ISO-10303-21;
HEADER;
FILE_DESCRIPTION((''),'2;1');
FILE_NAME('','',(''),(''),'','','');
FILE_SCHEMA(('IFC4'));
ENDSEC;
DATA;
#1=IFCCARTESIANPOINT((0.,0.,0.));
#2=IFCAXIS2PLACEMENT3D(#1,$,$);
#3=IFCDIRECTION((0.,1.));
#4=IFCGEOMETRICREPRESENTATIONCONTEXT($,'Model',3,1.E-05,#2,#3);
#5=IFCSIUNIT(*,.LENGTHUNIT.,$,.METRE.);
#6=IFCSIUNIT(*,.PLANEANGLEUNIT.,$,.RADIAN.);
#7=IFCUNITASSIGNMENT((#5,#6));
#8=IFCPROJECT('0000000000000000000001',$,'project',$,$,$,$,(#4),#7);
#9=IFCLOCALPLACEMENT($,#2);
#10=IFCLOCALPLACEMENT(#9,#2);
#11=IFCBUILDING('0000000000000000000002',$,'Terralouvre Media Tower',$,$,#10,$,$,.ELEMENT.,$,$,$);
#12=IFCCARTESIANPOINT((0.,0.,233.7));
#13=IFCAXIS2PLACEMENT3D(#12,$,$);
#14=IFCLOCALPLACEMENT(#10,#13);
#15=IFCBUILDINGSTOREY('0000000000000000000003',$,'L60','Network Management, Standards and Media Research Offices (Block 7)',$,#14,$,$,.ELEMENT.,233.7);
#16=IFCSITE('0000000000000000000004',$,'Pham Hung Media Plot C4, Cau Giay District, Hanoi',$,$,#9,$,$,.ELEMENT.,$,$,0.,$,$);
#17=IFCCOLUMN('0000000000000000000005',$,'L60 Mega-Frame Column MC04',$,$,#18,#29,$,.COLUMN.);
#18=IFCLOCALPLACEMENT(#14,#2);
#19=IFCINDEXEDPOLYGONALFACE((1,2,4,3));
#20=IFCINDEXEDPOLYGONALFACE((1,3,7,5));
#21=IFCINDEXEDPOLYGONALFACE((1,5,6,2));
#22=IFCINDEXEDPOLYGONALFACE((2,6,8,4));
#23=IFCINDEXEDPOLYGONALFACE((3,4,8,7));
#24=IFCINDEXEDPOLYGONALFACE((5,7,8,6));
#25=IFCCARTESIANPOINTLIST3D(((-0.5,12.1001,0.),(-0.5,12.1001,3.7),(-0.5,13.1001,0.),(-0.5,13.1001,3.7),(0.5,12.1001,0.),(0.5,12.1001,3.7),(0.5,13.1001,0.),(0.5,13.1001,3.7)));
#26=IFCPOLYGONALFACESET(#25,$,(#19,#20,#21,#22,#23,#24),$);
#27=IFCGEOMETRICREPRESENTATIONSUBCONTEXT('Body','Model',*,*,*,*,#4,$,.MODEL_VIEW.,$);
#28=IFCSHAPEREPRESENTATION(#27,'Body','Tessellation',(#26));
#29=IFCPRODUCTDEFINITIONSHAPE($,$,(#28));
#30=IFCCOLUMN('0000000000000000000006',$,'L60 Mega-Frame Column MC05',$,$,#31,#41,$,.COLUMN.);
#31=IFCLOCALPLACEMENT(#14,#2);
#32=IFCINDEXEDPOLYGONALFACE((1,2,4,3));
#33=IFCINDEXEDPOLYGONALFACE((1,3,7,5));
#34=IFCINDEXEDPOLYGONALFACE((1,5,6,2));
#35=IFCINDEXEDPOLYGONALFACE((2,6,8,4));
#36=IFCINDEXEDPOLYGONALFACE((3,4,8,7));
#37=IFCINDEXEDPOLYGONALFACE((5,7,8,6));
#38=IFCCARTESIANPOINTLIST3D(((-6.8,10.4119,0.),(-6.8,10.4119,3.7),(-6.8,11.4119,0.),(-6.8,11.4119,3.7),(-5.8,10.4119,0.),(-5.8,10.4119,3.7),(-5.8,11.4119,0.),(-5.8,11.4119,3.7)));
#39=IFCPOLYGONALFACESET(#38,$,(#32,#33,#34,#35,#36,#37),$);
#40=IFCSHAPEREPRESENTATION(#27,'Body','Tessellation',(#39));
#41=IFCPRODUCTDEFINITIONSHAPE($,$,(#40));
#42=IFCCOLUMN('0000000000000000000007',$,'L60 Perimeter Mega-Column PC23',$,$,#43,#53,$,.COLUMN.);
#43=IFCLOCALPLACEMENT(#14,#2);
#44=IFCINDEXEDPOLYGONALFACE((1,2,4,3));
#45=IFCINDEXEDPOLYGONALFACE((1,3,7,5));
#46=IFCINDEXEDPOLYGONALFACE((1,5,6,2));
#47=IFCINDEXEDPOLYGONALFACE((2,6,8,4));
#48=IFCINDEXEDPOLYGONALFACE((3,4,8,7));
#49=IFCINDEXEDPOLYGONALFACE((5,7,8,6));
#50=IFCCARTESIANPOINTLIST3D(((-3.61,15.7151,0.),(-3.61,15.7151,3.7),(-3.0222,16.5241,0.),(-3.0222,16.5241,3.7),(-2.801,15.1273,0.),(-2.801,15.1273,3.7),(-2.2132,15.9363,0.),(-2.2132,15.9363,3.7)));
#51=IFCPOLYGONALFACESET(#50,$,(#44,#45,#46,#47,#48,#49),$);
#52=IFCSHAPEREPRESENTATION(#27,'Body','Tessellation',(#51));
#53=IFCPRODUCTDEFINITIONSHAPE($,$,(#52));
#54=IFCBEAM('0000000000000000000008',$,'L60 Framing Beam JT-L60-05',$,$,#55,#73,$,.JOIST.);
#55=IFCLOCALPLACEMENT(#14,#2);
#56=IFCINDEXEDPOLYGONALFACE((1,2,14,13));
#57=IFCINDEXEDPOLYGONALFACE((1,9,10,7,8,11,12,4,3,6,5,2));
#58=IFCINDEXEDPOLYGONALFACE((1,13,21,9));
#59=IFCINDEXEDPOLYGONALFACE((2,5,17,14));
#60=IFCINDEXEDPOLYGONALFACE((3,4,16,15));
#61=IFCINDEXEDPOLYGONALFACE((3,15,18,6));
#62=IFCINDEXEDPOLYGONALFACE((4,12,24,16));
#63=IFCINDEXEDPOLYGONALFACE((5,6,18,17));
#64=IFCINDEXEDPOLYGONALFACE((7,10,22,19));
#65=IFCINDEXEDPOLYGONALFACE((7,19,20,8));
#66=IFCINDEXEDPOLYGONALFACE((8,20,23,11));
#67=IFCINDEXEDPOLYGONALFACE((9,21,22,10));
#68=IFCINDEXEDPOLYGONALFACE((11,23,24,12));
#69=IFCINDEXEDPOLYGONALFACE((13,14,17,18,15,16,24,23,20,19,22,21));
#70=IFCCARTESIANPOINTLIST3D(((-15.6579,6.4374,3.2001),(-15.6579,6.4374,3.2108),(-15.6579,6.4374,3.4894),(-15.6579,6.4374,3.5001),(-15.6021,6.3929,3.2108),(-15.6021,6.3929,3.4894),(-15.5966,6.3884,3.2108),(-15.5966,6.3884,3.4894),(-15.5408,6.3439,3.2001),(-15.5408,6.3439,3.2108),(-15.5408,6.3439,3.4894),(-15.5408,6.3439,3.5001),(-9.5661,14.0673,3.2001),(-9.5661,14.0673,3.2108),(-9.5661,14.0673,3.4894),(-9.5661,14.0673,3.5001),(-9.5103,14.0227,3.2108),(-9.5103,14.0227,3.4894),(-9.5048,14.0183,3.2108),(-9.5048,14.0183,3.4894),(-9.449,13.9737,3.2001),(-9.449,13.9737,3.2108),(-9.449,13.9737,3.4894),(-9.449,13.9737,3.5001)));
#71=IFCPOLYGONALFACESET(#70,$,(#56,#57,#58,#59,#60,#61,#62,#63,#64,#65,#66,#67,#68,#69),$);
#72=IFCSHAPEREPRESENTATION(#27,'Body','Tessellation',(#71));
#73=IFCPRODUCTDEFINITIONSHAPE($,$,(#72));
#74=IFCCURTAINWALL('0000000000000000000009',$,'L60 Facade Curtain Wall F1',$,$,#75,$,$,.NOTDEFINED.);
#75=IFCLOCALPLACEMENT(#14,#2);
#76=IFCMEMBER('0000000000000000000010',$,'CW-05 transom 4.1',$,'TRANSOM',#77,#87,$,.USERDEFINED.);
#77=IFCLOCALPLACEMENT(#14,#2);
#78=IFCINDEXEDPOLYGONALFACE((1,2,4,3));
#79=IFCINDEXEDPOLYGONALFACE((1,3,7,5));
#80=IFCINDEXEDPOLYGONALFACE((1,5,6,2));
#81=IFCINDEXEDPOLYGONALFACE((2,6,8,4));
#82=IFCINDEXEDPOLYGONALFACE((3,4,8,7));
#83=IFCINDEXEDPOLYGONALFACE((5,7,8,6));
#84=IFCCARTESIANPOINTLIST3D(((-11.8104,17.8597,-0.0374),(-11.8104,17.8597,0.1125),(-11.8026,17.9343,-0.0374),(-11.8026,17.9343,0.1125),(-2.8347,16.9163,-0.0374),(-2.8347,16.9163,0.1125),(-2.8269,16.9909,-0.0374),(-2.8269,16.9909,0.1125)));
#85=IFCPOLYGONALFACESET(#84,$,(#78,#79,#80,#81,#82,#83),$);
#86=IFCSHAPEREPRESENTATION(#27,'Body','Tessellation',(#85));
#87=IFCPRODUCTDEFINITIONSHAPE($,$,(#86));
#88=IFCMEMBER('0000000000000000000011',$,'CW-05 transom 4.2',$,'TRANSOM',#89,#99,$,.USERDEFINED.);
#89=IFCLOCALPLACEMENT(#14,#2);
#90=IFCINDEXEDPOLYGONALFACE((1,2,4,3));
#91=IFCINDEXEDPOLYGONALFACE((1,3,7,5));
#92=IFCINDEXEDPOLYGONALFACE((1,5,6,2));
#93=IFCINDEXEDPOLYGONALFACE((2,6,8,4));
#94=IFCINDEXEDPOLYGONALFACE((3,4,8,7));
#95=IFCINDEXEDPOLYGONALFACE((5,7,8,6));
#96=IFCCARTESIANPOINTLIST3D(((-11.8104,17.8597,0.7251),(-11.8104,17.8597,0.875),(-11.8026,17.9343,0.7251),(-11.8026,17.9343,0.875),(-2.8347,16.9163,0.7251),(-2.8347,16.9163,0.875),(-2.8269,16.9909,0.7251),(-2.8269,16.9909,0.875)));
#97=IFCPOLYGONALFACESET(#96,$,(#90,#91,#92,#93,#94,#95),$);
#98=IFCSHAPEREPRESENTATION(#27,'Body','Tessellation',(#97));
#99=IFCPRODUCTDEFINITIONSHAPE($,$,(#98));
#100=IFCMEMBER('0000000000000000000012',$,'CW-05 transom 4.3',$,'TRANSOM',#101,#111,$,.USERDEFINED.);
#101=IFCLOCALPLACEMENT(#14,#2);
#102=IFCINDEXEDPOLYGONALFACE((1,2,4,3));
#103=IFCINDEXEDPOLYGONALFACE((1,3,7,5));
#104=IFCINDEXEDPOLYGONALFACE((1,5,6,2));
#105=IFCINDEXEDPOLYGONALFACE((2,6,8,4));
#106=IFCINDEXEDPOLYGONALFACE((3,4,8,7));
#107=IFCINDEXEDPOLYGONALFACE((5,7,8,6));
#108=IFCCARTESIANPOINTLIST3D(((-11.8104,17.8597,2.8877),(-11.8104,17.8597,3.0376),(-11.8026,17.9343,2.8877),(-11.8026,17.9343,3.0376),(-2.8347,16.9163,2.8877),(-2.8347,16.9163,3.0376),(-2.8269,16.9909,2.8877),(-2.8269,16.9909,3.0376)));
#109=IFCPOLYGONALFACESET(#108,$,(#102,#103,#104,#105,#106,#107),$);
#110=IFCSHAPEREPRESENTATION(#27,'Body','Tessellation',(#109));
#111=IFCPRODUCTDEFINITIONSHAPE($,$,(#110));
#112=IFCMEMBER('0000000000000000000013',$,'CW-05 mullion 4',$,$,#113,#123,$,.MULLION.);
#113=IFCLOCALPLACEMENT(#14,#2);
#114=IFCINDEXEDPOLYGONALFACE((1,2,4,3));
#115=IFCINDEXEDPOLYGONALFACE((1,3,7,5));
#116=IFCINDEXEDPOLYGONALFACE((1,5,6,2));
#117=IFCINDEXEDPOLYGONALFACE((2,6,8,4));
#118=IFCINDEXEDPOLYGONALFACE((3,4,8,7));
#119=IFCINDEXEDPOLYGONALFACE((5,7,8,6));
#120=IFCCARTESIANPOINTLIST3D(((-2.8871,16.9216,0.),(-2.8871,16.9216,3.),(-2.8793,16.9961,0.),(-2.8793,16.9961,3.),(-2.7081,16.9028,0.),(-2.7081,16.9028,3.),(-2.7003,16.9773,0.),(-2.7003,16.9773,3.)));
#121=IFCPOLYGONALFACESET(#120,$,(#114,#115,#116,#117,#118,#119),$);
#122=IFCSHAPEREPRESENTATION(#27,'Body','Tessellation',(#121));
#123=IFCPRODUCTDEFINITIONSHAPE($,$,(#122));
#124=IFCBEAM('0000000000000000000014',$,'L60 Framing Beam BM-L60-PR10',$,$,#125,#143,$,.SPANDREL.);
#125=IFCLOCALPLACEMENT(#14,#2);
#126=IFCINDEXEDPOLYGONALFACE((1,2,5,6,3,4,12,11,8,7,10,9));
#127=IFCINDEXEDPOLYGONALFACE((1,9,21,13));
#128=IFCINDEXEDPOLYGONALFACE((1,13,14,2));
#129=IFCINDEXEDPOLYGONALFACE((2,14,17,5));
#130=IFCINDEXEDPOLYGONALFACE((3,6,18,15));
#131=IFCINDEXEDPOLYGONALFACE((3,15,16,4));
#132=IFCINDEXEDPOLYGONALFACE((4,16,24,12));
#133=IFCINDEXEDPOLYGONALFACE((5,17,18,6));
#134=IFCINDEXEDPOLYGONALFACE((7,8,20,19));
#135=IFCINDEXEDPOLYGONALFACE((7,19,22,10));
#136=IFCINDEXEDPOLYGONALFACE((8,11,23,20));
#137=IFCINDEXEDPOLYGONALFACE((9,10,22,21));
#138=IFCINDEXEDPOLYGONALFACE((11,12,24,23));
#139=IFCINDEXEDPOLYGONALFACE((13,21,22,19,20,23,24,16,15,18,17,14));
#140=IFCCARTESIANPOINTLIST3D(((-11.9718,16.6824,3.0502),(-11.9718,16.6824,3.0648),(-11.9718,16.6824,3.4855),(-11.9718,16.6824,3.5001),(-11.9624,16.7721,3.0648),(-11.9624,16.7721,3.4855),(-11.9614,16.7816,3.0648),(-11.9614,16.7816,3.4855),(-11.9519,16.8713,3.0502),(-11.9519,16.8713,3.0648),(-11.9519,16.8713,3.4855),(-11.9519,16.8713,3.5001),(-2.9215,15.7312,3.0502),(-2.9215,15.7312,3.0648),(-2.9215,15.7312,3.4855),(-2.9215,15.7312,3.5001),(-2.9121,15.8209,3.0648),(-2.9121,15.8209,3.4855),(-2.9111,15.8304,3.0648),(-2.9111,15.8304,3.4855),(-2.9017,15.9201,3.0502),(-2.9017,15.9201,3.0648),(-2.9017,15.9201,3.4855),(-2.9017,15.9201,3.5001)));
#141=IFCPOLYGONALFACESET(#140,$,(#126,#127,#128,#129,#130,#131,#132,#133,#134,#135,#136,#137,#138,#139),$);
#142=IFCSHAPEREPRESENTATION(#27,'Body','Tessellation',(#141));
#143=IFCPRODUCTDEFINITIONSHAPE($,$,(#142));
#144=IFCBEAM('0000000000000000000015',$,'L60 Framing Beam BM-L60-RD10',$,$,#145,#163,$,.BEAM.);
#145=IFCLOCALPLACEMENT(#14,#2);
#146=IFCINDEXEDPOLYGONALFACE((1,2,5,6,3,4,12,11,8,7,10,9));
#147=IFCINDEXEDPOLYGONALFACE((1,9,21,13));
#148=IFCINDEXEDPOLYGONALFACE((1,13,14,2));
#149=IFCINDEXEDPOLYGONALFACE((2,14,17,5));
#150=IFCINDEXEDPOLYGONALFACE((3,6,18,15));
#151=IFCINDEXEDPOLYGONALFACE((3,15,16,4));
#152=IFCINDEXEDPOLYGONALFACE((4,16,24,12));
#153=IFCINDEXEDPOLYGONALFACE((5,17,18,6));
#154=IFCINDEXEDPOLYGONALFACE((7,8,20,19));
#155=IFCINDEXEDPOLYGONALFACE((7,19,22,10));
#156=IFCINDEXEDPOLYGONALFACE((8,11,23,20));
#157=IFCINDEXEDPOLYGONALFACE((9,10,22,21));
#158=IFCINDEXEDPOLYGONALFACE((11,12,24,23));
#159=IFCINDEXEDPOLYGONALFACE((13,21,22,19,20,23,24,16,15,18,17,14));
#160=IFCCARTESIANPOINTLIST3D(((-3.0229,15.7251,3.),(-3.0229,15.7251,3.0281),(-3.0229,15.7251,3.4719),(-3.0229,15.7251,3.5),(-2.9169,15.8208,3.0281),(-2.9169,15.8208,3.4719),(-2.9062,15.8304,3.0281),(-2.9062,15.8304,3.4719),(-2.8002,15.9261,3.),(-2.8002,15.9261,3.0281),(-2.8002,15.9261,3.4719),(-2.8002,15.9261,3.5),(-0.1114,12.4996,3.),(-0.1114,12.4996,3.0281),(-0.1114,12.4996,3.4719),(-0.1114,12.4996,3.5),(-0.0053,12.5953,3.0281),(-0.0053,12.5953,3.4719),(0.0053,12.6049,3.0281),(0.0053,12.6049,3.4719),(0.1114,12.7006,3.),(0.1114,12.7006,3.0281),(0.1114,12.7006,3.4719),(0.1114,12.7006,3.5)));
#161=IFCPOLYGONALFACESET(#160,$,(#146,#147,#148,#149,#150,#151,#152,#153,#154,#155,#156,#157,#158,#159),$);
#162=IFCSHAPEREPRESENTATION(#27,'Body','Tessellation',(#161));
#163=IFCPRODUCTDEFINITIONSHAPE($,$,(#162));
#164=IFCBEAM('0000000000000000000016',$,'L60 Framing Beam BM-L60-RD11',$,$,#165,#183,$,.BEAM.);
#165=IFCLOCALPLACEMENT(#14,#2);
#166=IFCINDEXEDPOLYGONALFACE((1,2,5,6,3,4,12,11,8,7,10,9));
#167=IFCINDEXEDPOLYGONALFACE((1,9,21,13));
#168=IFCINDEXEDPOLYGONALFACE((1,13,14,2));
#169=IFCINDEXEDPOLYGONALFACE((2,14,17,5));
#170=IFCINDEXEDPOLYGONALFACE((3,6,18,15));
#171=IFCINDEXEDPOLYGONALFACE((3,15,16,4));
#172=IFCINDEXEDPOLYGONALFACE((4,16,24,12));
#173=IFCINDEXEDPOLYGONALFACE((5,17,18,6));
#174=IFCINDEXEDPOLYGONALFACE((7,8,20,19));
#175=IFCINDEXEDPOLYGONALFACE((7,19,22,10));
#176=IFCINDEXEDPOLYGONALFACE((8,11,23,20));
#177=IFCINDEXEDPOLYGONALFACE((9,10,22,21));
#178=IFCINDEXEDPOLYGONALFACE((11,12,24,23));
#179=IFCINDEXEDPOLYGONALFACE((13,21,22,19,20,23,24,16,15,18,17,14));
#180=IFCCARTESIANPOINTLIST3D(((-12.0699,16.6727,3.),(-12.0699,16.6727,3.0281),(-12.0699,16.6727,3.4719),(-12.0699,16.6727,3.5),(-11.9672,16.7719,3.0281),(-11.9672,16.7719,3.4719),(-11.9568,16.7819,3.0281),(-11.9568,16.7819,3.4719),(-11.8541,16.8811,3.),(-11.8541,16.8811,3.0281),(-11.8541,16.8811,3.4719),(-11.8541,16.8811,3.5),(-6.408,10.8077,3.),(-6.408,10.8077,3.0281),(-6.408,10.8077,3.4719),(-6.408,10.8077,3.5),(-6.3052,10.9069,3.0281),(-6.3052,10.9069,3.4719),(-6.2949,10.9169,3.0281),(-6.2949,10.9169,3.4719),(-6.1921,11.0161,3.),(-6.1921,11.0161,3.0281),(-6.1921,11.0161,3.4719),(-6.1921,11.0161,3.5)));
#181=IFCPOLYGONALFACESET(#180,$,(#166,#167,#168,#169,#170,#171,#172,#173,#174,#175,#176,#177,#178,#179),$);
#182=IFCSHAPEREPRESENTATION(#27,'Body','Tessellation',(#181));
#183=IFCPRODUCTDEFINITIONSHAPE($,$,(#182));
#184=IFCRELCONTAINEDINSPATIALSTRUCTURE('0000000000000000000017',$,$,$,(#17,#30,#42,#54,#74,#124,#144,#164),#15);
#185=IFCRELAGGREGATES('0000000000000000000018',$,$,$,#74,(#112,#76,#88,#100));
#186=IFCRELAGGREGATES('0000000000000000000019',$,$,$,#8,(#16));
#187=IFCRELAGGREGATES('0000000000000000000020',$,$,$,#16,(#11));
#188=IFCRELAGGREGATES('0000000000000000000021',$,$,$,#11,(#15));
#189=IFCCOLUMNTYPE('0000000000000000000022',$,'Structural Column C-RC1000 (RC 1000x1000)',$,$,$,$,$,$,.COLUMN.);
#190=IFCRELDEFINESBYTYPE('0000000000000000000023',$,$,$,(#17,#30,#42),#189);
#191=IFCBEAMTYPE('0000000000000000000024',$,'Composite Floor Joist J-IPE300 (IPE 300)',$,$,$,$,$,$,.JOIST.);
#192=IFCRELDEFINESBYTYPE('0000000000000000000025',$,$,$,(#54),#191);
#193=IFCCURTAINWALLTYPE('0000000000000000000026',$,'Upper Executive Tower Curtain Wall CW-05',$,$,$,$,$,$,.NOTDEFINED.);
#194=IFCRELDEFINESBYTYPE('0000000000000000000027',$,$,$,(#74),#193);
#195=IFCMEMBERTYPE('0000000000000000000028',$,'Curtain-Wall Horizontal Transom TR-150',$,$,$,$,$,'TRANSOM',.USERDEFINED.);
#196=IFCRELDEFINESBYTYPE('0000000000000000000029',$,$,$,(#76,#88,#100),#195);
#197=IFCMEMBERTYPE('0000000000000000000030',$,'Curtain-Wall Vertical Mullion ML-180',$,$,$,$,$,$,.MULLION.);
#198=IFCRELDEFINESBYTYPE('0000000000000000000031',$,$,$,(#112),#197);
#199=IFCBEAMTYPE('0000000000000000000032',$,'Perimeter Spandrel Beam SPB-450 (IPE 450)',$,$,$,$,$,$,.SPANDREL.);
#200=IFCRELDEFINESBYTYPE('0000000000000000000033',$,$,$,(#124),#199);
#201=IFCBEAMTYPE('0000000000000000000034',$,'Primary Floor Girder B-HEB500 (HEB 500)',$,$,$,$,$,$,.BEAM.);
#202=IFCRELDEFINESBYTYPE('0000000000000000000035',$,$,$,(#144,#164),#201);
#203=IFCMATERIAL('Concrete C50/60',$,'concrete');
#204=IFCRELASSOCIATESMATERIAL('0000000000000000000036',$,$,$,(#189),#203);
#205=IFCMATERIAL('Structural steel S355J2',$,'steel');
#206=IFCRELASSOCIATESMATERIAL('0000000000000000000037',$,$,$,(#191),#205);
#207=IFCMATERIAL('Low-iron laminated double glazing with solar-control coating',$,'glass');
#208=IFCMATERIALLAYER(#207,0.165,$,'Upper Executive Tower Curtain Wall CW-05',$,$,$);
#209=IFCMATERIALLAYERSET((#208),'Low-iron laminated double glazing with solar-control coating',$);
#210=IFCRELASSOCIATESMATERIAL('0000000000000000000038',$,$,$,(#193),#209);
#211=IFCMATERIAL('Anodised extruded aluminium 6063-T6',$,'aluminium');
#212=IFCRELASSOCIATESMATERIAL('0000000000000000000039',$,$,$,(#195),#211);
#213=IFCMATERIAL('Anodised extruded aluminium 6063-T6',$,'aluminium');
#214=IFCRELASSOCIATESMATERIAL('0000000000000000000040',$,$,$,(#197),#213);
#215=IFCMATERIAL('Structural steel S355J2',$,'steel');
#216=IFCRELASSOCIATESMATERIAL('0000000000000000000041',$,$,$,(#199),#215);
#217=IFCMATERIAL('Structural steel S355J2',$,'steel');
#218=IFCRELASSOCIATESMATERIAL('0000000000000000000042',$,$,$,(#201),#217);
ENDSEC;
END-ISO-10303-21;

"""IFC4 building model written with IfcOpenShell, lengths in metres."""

from ifc_helpers import new_model, si_unit, direction, frame, origin, origin_2d, place, context, subcontext, project, spatial, rectangle, i_section, extrude, material, layer, layer_set, material_profile, profile_set, type_object, element, aggregate, save


model = new_model("IFC4")

# Units and contexts
model_context = context("Model", 3, precision=1e-05, world=origin(), true_north=direction((0.0, 1.0)))
body_context = subcontext(model_context, "Body", "Model", "MODEL_VIEW")
ifc_project = project(units=[si_unit("LENGTHUNIT", "METRE"), si_unit("PLANEANGLEUNIT", "RADIAN")], contexts=[model_context])

# Site, building, storey
site_placement = place(None, origin())
site = spatial("IfcSite", under=ifc_project, at=site_placement, Name="Pham Hung Media Plot C4, Cau Giay District, Hanoi", CompositionType="ELEMENT", RefElevation=0.0)
building_placement = place(site_placement, origin())
building = spatial("IfcBuilding", under=site, at=building_placement, Name="Terralouvre Media Tower", CompositionType="ELEMENT")
storey_placement = place(building_placement, frame((0.0, 0.0, 233.7)))
storey = spatial("IfcBuildingStorey", under=building, at=storey_placement, Name="L60", Description="Network Management, Standards and Media Research Offices (Block 7)", CompositionType="ELEMENT", Elevation=233.7)

# Columns
ifc_material_1 = material(Name="Concrete C50/60", Category="concrete")
ifc_material_profile_1 = material_profile(ifc_material_1, rectangle(XDim=1.0, YDim=1.0, at=origin_2d()), Name="RC 1000x1000")
ifc_profile_set_1 = profile_set([ifc_material_profile_1], Name="Concrete C50/60")
column_type = type_object("IfcColumnType", Name="Structural Column C-RC1000 (RC 1000x1000)", PredefinedType="COLUMN", material=ifc_profile_set_1)
for number, where, z_axis, x_axis, name in (
    (1, (0.0, 12.6001, 0.0), (0.0, 0.0, 1.0), (1.0, 0.0, 0.0), "L60 Mega-Frame Column MC04"),
    (2, (-6.3, 10.9119, 0.0), (0.0, 0.0, 1.0), (1.0, 0.0, 0.0), "L60 Mega-Frame Column MC05"),
    (3, (-2.9116, 15.8257, 0.0), (0.0, 0.0, 1.0), (0.587785, 0.809017, 0.0), "L60 Perimeter Mega-Column PC23"),
):
    element("IfcColumn", number, at=place(storey_placement, frame(where, z_axis=z_axis, x_axis=x_axis)), inside=storey, type_object=column_type, Name=name, PredefinedType="COLUMN", context=body_context, shape_type="SweptSolid", body=[
        extrude(rectangle(XDim=1.0, YDim=1.0, at=origin_2d()), origin(), (0.0, 0.0, 1.0), 3.7),
    ])

# Beam
ifc_material_2 = material(Name="Structural steel S355J2", Category="steel")
ifc_material_profile_2 = material_profile(ifc_material_2, i_section(OverallWidth=0.1499, OverallDepth=0.3, WebThickness=0.0071, FlangeThickness=0.0107, at=origin_2d()), Name="IPE 300")
ifc_profile_set_2 = profile_set([ifc_material_profile_2], Name="Structural steel S355J2")
beam_type_1 = type_object("IfcBeamType", Name="Composite Floor Joist J-IPE300 (IPE 300)", PredefinedType="JOIST", material=ifc_profile_set_2)
beam_1_placement = place(storey_placement, frame((-9.5076, 14.0205, 3.3501), z_axis=(-0.623938, -0.781473, 0.0), x_axis=(0.781473, -0.623938, 0.0)))
element("IfcBeam", 4, at=beam_1_placement, inside=storey, type_object=beam_type_1, Name="L60 Framing Beam JT-L60-05", PredefinedType="JOIST", context=body_context, shape_type="SweptSolid", body=[
    extrude(i_section(OverallWidth=0.1499, OverallDepth=0.3, WebThickness=0.0071, FlangeThickness=0.0107, at=origin_2d()), origin(), (0.0, 0.0, 1.0), 9.7634),
])

# Curtain wall, members
ifc_material_3 = material(Name="Low-iron laminated double glazing with solar-control coating", Category="glass")
ifc_layer_1 = layer(ifc_material_3, 0.165, Name="Upper Executive Tower Curtain Wall CW-05")
ifc_layer_set_1 = layer_set([ifc_layer_1], Name="Low-iron laminated double glazing with solar-control coating")
curtain_wall_type = type_object("IfcCurtainWallType", Name="Upper Executive Tower Curtain Wall CW-05", PredefinedType="NOTDEFINED", material=ifc_layer_set_1)
curtain_wall_placement = place(storey_placement, origin())
curtain_wall = element("IfcCurtainWall", 5, at=curtain_wall_placement, inside=storey, type_object=curtain_wall_type, Name="L60 Facade Curtain Wall F1", PredefinedType="NOTDEFINED")
ifc_material_4 = material(Name="Anodised extruded aluminium 6063-T6", Category="aluminium")
ifc_material_profile_3 = material_profile(ifc_material_4, rectangle(XDim=0.075, YDim=0.1499, at=origin_2d()), Name="ALU 75x150")
ifc_profile_set_3 = profile_set([ifc_material_profile_3], Name="Anodised extruded aluminium 6063-T6")
member_type_1 = type_object("IfcMemberType", Name="Curtain-Wall Horizontal Transom TR-150", ElementType="TRANSOM", PredefinedType="USERDEFINED", material=ifc_profile_set_3)
member_1_placement = place(storey_placement, frame((-2.8308, 16.9536, 0.0376), z_axis=(-0.994522, 0.104527, 0.0), x_axis=(-0.104527, -0.994522, 0.0)))
member_1 = element("IfcMember", 6, at=member_1_placement, type_object=member_type_1, Name="CW-05 transom 4.1", ObjectType="TRANSOM", PredefinedType="USERDEFINED", context=body_context, shape_type="SweptSolid", body=[
    extrude(rectangle(XDim=0.075, YDim=0.1499, at=origin_2d()), origin(), (0.0, 0.0, 1.0), 9.0251),
])
member_2_placement = place(storey_placement, frame((-2.8308, 16.9536, 0.8), z_axis=(-0.994522, 0.104527, 0.0), x_axis=(-0.104527, -0.994522, 0.0)))
member_2 = element("IfcMember", 7, at=member_2_placement, type_object=member_type_1, Name="CW-05 transom 4.2", ObjectType="TRANSOM", PredefinedType="USERDEFINED", context=body_context, shape_type="SweptSolid", body=[
    extrude(rectangle(XDim=0.075, YDim=0.1499, at=origin_2d()), origin(), (0.0, 0.0, 1.0), 9.0251),
])
member_3_placement = place(storey_placement, frame((-2.8308, 16.9536, 2.9626), z_axis=(-0.994522, 0.104527, 0.0), x_axis=(-0.104527, -0.994522, 0.0)))
member_3 = element("IfcMember", 8, at=member_3_placement, type_object=member_type_1, Name="CW-05 transom 4.3", ObjectType="TRANSOM", PredefinedType="USERDEFINED", context=body_context, shape_type="SweptSolid", body=[
    extrude(rectangle(XDim=0.075, YDim=0.1499, at=origin_2d()), origin(), (0.0, 0.0, 1.0), 9.0251),
])
ifc_material_5 = material(Name="Anodised extruded aluminium 6063-T6", Category="aluminium")
ifc_material_profile_4 = material_profile(ifc_material_5, rectangle(XDim=0.075, YDim=0.1799, at=origin_2d()), Name="ALU 75x180")
ifc_profile_set_4 = profile_set([ifc_material_profile_4], Name="Anodised extruded aluminium 6063-T6")
member_type_2 = type_object("IfcMemberType", Name="Curtain-Wall Vertical Mullion ML-180", PredefinedType="MULLION", material=ifc_profile_set_4)
member_4_placement = place(storey_placement, frame((-2.7937, 16.9495, 0.0), z_axis=(0.0, 0.0, 1.0), x_axis=(-0.104529, -0.994522, 0.0)))
member_4 = element("IfcMember", 9, at=member_4_placement, type_object=member_type_2, Name="CW-05 mullion 4", PredefinedType="MULLION", context=body_context, shape_type="SweptSolid", body=[
    extrude(rectangle(XDim=0.075, YDim=0.1799, at=origin_2d()), origin(), (0.0, 0.0, 1.0), 3.0),
])

# Beams
ifc_material_6 = material(Name="Structural steel S355J2", Category="steel")
ifc_material_profile_5 = material_profile(ifc_material_6, i_section(OverallWidth=0.1899, OverallDepth=0.45, WebThickness=0.0095, FlangeThickness=0.0146, at=origin_2d()), Name="IPE 450")
ifc_profile_set_5 = profile_set([ifc_material_profile_5], Name="Structural steel S355J2")
beam_type_2 = type_object("IfcBeamType", Name="Perimeter Spandrel Beam SPB-450 (IPE 450)", PredefinedType="SPANDREL", material=ifc_profile_set_5)
beam_2_placement = place(storey_placement, frame((-2.9116, 15.8257, 3.2751), z_axis=(-0.994522, 0.104523, 0.0), x_axis=(-0.104523, -0.994522, 0.0)))
element("IfcBeam", 10, at=beam_2_placement, inside=storey, type_object=beam_type_2, Name="L60 Framing Beam BM-L60-PR10", PredefinedType="SPANDREL", context=body_context, shape_type="SweptSolid", body=[
    extrude(i_section(OverallWidth=0.1899, OverallDepth=0.45, WebThickness=0.0095, FlangeThickness=0.0146, at=origin_2d()), origin(), (0.0, 0.0, 1.0), 9.1001),
])
ifc_material_7 = material(Name="Structural steel S355J2", Category="steel")
ifc_material_profile_6 = material_profile(ifc_material_7, i_section(OverallWidth=0.3, OverallDepth=0.5, WebThickness=0.0144, FlangeThickness=0.0281, at=origin_2d()), Name="HEB 500")
ifc_profile_set_6 = profile_set([ifc_material_profile_6], Name="Structural steel S355J2")
beam_type_3 = type_object("IfcBeamType", Name="Primary Floor Girder B-HEB500 (HEB 500)", PredefinedType="BEAM", material=ifc_profile_set_6)
beam_3_placement = place(storey_placement, frame((0.0, 12.6001, 3.25), z_axis=(-0.670057, 0.74231, 0.0), x_axis=(-0.74231, -0.670057, 0.0)))
element("IfcBeam", 11, at=beam_3_placement, inside=storey, type_object=beam_type_3, Name="L60 Framing Beam BM-L60-RD10", PredefinedType="BEAM", context=body_context, shape_type="SweptSolid", body=[
    extrude(i_section(OverallWidth=0.3, OverallDepth=0.5, WebThickness=0.0144, FlangeThickness=0.0281, at=origin_2d()), origin(), (0.0, 0.0, 1.0), 4.3452),
])
beam_4_placement = place(storey_placement, frame((-6.3, 10.9119, 3.25), z_axis=(-0.694538, 0.719456, 0.0), x_axis=(-0.719456, -0.694538, 0.0)))
element("IfcBeam", 12, at=beam_4_placement, inside=storey, type_object=beam_type_3, Name="L60 Framing Beam BM-L60-RD11", PredefinedType="BEAM", context=body_context, shape_type="SweptSolid", body=[
    extrude(i_section(OverallWidth=0.3, OverallDepth=0.5, WebThickness=0.0144, FlangeThickness=0.0281, at=origin_2d()), origin(), (0.0, 0.0, 1.0), 8.1521),
])

aggregate(curtain_wall, [member_4, member_1, member_2, member_3])

save(model, "model.ifc")
